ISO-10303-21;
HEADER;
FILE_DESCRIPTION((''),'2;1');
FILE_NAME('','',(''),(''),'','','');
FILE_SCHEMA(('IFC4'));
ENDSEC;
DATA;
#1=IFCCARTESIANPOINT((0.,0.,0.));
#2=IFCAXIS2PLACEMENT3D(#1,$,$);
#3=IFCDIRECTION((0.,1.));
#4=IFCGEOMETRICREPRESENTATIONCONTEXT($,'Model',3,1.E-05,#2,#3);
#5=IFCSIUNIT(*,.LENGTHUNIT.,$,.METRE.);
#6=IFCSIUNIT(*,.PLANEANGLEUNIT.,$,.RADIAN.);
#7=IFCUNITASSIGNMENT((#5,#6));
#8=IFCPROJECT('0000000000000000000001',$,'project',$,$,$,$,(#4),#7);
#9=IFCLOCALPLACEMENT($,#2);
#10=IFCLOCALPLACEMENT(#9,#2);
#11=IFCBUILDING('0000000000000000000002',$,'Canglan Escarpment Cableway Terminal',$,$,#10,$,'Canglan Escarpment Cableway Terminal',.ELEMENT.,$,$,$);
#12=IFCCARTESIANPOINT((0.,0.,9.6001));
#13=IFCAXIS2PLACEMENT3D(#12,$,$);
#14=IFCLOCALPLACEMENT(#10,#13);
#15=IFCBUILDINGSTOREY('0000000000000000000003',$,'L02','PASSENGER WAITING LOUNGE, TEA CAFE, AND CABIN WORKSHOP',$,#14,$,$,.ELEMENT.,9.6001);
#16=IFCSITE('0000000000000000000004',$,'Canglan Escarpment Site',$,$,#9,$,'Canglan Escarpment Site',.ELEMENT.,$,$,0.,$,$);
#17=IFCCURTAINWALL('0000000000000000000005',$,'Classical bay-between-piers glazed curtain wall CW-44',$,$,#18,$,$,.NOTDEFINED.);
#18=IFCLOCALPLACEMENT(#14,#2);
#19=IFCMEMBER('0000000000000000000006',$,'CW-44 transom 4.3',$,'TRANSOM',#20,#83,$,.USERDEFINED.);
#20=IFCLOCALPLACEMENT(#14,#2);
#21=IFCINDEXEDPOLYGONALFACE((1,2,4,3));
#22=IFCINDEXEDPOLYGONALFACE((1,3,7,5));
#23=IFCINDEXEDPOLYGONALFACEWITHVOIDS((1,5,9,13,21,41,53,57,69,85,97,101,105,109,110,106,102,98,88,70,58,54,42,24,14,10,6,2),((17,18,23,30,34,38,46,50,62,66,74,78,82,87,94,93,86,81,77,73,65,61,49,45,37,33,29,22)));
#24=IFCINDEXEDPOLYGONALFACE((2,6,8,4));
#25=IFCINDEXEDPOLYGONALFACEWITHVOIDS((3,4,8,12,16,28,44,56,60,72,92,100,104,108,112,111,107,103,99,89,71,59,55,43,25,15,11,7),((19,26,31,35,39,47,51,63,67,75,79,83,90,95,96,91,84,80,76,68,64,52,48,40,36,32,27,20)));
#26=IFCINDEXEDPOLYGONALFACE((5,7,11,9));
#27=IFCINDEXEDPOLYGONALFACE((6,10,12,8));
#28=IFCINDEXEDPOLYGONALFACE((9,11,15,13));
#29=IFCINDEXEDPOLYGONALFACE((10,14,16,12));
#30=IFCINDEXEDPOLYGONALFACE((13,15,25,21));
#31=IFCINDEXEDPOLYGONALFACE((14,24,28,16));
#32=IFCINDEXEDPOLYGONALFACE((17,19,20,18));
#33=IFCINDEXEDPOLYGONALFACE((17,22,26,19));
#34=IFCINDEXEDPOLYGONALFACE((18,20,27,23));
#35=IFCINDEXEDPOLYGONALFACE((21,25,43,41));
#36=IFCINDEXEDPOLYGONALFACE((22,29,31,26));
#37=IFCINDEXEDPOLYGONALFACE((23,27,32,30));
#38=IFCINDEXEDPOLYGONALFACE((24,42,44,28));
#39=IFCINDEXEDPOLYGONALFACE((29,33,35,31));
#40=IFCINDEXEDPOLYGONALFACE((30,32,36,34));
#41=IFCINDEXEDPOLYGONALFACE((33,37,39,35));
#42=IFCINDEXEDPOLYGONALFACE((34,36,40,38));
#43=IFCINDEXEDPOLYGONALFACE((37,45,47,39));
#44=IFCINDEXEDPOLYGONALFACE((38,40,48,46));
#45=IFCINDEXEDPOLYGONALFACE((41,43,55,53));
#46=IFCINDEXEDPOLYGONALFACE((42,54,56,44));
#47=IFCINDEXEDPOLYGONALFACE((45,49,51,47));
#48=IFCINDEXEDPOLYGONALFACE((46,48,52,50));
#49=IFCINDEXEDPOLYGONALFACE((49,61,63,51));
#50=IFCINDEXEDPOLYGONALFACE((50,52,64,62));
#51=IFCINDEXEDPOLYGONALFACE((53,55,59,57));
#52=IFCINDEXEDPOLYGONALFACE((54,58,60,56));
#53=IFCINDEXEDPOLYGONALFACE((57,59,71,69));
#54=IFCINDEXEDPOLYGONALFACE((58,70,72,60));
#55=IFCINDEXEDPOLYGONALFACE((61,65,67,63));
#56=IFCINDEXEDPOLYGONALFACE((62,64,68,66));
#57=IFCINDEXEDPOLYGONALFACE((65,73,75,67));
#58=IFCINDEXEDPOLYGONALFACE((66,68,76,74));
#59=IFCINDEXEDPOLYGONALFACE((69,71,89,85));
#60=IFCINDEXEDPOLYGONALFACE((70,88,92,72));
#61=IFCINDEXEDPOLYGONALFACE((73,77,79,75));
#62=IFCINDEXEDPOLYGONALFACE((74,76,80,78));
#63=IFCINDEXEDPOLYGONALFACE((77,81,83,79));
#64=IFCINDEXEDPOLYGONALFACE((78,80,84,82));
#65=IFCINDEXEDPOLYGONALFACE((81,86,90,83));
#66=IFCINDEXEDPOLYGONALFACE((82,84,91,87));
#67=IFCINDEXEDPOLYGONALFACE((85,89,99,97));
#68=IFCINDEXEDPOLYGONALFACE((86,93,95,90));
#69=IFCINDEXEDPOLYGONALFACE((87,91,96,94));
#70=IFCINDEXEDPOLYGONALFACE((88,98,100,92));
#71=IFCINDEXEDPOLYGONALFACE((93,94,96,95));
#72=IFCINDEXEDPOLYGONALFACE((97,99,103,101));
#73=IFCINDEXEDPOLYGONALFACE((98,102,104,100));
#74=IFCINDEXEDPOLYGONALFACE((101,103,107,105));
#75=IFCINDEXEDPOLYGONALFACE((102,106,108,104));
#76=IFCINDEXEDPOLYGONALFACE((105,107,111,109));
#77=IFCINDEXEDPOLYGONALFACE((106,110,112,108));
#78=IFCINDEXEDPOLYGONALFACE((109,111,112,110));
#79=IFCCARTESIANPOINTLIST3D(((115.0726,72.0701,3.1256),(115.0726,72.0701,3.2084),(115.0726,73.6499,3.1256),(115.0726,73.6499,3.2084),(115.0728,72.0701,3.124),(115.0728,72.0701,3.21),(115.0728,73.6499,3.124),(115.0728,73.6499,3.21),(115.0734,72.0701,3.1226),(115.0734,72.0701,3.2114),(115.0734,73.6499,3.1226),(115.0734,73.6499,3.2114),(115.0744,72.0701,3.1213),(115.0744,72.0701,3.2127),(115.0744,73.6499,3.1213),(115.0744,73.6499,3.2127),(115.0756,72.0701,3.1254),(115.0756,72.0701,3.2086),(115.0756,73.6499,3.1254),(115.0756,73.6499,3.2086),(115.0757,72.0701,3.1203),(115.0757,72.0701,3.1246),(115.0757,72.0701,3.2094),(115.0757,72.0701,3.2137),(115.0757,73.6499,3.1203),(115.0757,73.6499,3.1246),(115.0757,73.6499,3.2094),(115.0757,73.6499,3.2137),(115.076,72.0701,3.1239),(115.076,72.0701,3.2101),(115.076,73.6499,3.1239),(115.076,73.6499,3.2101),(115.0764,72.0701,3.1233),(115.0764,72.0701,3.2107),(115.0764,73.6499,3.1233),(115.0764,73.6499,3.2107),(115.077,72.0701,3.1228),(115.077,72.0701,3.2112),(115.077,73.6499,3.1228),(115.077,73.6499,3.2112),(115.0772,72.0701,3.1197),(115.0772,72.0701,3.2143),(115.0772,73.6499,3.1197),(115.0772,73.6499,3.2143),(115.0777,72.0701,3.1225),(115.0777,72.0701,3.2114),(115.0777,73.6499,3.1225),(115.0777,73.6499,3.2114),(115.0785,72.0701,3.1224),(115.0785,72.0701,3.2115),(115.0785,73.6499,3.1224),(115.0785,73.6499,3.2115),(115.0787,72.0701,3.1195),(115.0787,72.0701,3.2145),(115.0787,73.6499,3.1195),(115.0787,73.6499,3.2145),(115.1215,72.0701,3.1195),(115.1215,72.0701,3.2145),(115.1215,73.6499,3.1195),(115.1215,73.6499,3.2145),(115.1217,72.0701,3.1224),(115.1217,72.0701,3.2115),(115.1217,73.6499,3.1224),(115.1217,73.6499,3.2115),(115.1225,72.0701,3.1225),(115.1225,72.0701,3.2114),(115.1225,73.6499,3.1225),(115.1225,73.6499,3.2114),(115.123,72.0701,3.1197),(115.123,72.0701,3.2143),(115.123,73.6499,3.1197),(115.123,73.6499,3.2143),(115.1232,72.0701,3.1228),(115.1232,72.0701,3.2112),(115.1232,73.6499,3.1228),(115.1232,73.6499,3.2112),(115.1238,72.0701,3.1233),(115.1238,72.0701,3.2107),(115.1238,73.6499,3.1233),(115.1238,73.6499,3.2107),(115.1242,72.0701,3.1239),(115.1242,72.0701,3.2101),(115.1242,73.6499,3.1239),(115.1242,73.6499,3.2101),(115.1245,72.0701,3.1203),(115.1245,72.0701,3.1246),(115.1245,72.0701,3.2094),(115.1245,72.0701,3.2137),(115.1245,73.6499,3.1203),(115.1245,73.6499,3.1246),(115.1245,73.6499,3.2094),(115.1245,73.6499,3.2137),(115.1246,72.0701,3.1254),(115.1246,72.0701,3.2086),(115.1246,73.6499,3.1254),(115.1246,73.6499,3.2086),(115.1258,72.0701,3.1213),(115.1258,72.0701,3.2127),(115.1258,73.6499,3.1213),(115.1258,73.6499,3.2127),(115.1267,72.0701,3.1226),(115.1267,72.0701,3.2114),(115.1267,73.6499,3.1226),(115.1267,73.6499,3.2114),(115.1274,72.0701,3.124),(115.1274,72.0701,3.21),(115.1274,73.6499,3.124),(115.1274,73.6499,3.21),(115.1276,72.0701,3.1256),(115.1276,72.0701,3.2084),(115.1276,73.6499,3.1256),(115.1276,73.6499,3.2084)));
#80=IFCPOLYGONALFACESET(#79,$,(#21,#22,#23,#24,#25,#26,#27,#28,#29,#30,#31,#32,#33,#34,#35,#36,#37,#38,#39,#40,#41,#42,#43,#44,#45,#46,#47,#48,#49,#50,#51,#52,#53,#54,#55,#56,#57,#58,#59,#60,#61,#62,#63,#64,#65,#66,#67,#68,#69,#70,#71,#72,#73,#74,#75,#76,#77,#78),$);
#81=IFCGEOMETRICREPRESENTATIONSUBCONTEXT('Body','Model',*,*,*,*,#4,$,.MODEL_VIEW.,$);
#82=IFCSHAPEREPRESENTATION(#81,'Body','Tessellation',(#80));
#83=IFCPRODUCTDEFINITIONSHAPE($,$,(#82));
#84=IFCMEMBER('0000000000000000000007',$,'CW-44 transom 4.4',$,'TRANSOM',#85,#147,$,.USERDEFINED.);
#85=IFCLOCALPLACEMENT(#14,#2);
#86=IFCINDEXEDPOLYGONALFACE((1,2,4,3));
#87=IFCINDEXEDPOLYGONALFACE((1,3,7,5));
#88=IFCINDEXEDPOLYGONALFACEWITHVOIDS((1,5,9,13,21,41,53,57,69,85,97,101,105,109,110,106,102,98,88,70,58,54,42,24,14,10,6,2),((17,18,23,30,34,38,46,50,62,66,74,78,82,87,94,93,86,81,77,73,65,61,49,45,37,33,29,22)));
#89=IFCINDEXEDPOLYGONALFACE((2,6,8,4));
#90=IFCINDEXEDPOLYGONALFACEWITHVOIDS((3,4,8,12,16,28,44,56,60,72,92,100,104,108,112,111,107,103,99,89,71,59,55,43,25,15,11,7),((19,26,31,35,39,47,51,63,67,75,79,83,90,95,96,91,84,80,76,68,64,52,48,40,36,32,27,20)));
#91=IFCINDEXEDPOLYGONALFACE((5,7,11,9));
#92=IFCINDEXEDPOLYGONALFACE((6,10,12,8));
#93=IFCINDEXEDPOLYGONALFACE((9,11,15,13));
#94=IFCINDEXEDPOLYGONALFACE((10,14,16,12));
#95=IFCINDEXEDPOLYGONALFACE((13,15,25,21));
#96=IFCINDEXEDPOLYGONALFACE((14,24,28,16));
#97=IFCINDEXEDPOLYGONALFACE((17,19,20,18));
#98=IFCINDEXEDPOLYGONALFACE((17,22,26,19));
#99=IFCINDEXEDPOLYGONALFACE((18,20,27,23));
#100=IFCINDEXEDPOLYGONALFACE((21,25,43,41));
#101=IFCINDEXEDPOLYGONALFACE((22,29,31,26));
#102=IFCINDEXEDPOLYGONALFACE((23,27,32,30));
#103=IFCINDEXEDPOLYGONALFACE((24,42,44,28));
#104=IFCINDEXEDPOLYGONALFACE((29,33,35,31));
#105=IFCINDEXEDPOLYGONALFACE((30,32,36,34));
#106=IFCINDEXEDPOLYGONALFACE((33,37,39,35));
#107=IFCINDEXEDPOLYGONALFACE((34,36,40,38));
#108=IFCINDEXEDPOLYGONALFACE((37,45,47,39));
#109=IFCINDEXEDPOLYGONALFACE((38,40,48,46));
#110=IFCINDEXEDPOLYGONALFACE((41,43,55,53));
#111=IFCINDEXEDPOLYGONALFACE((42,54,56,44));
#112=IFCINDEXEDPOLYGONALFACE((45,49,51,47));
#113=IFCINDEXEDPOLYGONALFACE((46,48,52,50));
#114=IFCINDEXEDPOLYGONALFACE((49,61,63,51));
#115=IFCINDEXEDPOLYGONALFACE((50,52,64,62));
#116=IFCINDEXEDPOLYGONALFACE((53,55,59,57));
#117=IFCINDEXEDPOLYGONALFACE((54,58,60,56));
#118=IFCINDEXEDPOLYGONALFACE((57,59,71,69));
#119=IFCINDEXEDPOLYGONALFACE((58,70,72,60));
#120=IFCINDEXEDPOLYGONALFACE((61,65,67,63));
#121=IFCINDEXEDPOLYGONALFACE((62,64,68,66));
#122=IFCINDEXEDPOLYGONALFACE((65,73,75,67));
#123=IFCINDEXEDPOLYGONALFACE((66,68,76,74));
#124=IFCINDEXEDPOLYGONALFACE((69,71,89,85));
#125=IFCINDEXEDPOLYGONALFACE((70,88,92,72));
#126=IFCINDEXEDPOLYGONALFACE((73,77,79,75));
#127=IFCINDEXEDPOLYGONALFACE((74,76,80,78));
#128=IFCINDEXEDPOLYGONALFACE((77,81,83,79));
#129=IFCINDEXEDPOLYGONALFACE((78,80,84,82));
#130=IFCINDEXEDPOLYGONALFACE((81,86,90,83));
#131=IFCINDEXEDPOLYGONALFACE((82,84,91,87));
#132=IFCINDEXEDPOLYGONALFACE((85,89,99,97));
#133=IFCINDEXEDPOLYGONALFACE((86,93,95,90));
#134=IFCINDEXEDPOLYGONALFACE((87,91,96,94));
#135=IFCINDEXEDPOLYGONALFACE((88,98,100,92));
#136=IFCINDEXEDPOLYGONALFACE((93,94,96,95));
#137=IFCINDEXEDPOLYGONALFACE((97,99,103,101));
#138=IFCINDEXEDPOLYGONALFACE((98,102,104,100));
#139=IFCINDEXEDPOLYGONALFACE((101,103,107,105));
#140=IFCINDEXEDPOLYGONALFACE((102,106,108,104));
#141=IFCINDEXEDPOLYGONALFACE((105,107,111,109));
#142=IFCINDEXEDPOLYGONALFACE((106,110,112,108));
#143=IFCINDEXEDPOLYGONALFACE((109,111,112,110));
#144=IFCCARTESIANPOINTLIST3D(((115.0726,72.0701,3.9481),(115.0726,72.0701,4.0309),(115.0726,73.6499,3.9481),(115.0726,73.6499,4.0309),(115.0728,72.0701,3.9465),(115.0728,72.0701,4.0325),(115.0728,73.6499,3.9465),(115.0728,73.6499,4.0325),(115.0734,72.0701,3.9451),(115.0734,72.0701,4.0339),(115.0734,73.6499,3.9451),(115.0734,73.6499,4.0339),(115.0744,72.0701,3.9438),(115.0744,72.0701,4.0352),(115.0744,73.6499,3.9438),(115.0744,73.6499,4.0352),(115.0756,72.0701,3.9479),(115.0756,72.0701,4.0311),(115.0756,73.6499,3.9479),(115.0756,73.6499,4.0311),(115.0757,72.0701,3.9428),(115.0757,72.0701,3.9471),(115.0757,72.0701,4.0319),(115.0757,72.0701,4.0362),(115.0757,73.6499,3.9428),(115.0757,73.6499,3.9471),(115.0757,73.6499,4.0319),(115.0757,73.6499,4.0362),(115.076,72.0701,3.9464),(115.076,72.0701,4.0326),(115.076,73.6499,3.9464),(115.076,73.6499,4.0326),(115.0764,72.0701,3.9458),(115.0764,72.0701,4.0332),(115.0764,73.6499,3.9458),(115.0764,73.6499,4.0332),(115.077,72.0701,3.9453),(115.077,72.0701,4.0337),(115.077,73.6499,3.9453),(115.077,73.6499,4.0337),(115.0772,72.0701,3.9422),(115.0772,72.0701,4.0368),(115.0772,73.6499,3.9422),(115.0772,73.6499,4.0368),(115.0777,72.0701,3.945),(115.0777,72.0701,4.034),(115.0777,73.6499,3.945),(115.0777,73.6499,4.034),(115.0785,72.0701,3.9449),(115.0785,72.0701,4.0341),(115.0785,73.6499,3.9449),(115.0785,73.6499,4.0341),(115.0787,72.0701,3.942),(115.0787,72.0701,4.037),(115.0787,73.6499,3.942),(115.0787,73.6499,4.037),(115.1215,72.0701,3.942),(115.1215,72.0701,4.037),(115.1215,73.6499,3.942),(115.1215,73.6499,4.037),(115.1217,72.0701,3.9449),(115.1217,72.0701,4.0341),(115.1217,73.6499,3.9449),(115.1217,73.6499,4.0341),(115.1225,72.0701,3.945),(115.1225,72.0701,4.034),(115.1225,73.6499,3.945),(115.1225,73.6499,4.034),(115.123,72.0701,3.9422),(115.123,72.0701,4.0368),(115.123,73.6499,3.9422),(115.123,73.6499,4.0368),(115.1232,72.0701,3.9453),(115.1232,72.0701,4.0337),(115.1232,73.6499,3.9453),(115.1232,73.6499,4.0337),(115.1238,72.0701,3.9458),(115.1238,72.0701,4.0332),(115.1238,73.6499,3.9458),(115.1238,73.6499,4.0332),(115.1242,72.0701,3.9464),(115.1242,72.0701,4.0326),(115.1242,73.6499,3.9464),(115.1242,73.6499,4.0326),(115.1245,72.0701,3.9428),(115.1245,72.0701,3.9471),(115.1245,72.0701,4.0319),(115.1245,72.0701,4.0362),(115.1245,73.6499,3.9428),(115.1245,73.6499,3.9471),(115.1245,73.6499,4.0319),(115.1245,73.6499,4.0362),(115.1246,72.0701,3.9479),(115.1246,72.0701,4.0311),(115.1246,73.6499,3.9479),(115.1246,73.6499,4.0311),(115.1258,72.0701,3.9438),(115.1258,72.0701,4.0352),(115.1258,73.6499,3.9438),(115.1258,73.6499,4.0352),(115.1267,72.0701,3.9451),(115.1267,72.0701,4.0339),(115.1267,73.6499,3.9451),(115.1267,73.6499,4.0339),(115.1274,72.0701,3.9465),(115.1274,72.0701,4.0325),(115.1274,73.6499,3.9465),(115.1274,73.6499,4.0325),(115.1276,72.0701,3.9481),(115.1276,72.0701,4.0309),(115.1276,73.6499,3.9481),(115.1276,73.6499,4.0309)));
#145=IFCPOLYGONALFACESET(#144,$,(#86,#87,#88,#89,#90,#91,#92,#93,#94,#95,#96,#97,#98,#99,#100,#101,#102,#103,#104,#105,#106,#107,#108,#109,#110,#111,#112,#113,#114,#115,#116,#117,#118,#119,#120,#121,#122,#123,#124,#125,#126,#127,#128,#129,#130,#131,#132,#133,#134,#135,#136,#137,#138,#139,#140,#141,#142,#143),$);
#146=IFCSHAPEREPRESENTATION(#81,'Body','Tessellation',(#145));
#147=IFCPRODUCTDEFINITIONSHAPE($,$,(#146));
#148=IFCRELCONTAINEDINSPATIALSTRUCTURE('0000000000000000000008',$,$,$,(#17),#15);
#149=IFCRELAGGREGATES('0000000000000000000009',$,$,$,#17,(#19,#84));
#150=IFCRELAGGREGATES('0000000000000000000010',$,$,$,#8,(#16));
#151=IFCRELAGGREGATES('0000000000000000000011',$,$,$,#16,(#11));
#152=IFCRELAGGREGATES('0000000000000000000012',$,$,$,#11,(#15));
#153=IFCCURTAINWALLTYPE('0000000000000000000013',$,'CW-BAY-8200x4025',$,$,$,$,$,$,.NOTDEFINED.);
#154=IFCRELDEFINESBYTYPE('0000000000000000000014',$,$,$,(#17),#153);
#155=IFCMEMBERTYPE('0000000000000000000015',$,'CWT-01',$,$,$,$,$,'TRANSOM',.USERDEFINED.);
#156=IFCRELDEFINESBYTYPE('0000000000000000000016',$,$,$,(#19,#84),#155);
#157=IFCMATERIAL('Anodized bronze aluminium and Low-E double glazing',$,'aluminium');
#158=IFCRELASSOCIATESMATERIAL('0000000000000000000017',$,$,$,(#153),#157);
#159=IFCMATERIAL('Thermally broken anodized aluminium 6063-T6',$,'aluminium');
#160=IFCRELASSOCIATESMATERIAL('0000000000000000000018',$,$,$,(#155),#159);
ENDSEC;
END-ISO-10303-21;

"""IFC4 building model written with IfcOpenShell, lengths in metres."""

from ifc_helpers import new_model, si_unit, direction, frame, origin, origin_2d, place, context, subcontext, project, spatial, hollow_rectangle, extrude, material, material_profile, profile_set, type_object, element, aggregate, save


model = new_model("IFC4")

# Units and contexts
model_context = context("Model", 3, precision=1e-05, world=origin(), true_north=direction((0.0, 1.0)))
body_context = subcontext(model_context, "Body", "Model", "MODEL_VIEW")
ifc_project = project(units=[si_unit("LENGTHUNIT", "METRE"), si_unit("PLANEANGLEUNIT", "RADIAN")], contexts=[model_context])

# Site, building, storey
site_placement = place(None, origin())
site = spatial("IfcSite", under=ifc_project, at=site_placement, Name="Canglan Escarpment Site", LongName="Canglan Escarpment Site", CompositionType="ELEMENT", RefElevation=0.0)
building_placement = place(site_placement, origin())
building = spatial("IfcBuilding", under=site, at=building_placement, Name="Canglan Escarpment Cableway Terminal", LongName="Canglan Escarpment Cableway Terminal", CompositionType="ELEMENT")
storey_placement = place(building_placement, frame((0.0, 0.0, 9.6001)))
storey = spatial("IfcBuildingStorey", under=building, at=storey_placement, Name="L02", Description="PASSENGER WAITING LOUNGE, TEA CAFE, AND CABIN WORKSHOP", CompositionType="ELEMENT", Elevation=9.6001)

# Curtain wall
ifc_material_1 = material(Name="Anodized bronze aluminium and Low-E double glazing", Category="aluminium")
curtain_wall_type = type_object("IfcCurtainWallType", Name="CW-BAY-8200x4025", PredefinedType="NOTDEFINED", material=ifc_material_1)
curtain_wall_1_placement = place(storey_placement, origin())
curtain_wall_1 = element("IfcCurtainWall", 1, at=curtain_wall_1_placement, inside=storey, type_object=curtain_wall_type, Name="Classical bay-between-piers glazed curtain wall CW-44", PredefinedType="NOTDEFINED")
ifc_material_2 = material(Name="Thermally broken anodized aluminium 6063-T6", Category="aluminium")

# Members
ifc_material_profile_1 = material_profile(ifc_material_2, hollow_rectangle(XDim=0.0549, YDim=0.095, WallThickness=0.0029, InnerFilletRadius=0.0029, OuterFilletRadius=0.0061, at=origin_2d()), Name="ALU-TRAN 55x95x3")
ifc_profile_set_1 = profile_set([ifc_material_profile_1], Name="Thermally broken anodized aluminium 6063-T6")
member_type_1 = type_object("IfcMemberType", Name="CWT-01", ElementType="TRANSOM", PredefinedType="USERDEFINED", material=ifc_profile_set_1)
member_1_placement = place(storey_placement, frame((115.1001, 73.6499, 3.167), z_axis=(0.0, -1.0, 0.0), x_axis=(1.0, 0.0, 0.0)))
member_1 = element("IfcMember", 2, at=member_1_placement, type_object=member_type_1, Name="CW-44 transom 4.3", ObjectType="TRANSOM", PredefinedType="USERDEFINED", context=body_context, shape_type="SweptSolid", body=[
    extrude(hollow_rectangle(XDim=0.0549, YDim=0.095, WallThickness=0.0029, InnerFilletRadius=0.0029, OuterFilletRadius=0.0061, at=origin_2d()), origin(), (0.0, 0.0, 1.0), 1.5798),
])
member_2_placement = place(storey_placement, frame((115.1001, 73.6499, 3.9895), z_axis=(0.0, -1.0, 0.0), x_axis=(1.0, 0.0, 0.0)))
member_2 = element("IfcMember", 3, at=member_2_placement, type_object=member_type_1, Name="CW-44 transom 4.4", ObjectType="TRANSOM", PredefinedType="USERDEFINED", context=body_context, shape_type="SweptSolid", body=[
    extrude(hollow_rectangle(XDim=0.0549, YDim=0.095, WallThickness=0.0029, InnerFilletRadius=0.0029, OuterFilletRadius=0.0061, at=origin_2d()), origin(), (0.0, 0.0, 1.0), 1.5798),
])

aggregate(curtain_wall_1, [member_1, member_2])

save(model, "model.ifc")
